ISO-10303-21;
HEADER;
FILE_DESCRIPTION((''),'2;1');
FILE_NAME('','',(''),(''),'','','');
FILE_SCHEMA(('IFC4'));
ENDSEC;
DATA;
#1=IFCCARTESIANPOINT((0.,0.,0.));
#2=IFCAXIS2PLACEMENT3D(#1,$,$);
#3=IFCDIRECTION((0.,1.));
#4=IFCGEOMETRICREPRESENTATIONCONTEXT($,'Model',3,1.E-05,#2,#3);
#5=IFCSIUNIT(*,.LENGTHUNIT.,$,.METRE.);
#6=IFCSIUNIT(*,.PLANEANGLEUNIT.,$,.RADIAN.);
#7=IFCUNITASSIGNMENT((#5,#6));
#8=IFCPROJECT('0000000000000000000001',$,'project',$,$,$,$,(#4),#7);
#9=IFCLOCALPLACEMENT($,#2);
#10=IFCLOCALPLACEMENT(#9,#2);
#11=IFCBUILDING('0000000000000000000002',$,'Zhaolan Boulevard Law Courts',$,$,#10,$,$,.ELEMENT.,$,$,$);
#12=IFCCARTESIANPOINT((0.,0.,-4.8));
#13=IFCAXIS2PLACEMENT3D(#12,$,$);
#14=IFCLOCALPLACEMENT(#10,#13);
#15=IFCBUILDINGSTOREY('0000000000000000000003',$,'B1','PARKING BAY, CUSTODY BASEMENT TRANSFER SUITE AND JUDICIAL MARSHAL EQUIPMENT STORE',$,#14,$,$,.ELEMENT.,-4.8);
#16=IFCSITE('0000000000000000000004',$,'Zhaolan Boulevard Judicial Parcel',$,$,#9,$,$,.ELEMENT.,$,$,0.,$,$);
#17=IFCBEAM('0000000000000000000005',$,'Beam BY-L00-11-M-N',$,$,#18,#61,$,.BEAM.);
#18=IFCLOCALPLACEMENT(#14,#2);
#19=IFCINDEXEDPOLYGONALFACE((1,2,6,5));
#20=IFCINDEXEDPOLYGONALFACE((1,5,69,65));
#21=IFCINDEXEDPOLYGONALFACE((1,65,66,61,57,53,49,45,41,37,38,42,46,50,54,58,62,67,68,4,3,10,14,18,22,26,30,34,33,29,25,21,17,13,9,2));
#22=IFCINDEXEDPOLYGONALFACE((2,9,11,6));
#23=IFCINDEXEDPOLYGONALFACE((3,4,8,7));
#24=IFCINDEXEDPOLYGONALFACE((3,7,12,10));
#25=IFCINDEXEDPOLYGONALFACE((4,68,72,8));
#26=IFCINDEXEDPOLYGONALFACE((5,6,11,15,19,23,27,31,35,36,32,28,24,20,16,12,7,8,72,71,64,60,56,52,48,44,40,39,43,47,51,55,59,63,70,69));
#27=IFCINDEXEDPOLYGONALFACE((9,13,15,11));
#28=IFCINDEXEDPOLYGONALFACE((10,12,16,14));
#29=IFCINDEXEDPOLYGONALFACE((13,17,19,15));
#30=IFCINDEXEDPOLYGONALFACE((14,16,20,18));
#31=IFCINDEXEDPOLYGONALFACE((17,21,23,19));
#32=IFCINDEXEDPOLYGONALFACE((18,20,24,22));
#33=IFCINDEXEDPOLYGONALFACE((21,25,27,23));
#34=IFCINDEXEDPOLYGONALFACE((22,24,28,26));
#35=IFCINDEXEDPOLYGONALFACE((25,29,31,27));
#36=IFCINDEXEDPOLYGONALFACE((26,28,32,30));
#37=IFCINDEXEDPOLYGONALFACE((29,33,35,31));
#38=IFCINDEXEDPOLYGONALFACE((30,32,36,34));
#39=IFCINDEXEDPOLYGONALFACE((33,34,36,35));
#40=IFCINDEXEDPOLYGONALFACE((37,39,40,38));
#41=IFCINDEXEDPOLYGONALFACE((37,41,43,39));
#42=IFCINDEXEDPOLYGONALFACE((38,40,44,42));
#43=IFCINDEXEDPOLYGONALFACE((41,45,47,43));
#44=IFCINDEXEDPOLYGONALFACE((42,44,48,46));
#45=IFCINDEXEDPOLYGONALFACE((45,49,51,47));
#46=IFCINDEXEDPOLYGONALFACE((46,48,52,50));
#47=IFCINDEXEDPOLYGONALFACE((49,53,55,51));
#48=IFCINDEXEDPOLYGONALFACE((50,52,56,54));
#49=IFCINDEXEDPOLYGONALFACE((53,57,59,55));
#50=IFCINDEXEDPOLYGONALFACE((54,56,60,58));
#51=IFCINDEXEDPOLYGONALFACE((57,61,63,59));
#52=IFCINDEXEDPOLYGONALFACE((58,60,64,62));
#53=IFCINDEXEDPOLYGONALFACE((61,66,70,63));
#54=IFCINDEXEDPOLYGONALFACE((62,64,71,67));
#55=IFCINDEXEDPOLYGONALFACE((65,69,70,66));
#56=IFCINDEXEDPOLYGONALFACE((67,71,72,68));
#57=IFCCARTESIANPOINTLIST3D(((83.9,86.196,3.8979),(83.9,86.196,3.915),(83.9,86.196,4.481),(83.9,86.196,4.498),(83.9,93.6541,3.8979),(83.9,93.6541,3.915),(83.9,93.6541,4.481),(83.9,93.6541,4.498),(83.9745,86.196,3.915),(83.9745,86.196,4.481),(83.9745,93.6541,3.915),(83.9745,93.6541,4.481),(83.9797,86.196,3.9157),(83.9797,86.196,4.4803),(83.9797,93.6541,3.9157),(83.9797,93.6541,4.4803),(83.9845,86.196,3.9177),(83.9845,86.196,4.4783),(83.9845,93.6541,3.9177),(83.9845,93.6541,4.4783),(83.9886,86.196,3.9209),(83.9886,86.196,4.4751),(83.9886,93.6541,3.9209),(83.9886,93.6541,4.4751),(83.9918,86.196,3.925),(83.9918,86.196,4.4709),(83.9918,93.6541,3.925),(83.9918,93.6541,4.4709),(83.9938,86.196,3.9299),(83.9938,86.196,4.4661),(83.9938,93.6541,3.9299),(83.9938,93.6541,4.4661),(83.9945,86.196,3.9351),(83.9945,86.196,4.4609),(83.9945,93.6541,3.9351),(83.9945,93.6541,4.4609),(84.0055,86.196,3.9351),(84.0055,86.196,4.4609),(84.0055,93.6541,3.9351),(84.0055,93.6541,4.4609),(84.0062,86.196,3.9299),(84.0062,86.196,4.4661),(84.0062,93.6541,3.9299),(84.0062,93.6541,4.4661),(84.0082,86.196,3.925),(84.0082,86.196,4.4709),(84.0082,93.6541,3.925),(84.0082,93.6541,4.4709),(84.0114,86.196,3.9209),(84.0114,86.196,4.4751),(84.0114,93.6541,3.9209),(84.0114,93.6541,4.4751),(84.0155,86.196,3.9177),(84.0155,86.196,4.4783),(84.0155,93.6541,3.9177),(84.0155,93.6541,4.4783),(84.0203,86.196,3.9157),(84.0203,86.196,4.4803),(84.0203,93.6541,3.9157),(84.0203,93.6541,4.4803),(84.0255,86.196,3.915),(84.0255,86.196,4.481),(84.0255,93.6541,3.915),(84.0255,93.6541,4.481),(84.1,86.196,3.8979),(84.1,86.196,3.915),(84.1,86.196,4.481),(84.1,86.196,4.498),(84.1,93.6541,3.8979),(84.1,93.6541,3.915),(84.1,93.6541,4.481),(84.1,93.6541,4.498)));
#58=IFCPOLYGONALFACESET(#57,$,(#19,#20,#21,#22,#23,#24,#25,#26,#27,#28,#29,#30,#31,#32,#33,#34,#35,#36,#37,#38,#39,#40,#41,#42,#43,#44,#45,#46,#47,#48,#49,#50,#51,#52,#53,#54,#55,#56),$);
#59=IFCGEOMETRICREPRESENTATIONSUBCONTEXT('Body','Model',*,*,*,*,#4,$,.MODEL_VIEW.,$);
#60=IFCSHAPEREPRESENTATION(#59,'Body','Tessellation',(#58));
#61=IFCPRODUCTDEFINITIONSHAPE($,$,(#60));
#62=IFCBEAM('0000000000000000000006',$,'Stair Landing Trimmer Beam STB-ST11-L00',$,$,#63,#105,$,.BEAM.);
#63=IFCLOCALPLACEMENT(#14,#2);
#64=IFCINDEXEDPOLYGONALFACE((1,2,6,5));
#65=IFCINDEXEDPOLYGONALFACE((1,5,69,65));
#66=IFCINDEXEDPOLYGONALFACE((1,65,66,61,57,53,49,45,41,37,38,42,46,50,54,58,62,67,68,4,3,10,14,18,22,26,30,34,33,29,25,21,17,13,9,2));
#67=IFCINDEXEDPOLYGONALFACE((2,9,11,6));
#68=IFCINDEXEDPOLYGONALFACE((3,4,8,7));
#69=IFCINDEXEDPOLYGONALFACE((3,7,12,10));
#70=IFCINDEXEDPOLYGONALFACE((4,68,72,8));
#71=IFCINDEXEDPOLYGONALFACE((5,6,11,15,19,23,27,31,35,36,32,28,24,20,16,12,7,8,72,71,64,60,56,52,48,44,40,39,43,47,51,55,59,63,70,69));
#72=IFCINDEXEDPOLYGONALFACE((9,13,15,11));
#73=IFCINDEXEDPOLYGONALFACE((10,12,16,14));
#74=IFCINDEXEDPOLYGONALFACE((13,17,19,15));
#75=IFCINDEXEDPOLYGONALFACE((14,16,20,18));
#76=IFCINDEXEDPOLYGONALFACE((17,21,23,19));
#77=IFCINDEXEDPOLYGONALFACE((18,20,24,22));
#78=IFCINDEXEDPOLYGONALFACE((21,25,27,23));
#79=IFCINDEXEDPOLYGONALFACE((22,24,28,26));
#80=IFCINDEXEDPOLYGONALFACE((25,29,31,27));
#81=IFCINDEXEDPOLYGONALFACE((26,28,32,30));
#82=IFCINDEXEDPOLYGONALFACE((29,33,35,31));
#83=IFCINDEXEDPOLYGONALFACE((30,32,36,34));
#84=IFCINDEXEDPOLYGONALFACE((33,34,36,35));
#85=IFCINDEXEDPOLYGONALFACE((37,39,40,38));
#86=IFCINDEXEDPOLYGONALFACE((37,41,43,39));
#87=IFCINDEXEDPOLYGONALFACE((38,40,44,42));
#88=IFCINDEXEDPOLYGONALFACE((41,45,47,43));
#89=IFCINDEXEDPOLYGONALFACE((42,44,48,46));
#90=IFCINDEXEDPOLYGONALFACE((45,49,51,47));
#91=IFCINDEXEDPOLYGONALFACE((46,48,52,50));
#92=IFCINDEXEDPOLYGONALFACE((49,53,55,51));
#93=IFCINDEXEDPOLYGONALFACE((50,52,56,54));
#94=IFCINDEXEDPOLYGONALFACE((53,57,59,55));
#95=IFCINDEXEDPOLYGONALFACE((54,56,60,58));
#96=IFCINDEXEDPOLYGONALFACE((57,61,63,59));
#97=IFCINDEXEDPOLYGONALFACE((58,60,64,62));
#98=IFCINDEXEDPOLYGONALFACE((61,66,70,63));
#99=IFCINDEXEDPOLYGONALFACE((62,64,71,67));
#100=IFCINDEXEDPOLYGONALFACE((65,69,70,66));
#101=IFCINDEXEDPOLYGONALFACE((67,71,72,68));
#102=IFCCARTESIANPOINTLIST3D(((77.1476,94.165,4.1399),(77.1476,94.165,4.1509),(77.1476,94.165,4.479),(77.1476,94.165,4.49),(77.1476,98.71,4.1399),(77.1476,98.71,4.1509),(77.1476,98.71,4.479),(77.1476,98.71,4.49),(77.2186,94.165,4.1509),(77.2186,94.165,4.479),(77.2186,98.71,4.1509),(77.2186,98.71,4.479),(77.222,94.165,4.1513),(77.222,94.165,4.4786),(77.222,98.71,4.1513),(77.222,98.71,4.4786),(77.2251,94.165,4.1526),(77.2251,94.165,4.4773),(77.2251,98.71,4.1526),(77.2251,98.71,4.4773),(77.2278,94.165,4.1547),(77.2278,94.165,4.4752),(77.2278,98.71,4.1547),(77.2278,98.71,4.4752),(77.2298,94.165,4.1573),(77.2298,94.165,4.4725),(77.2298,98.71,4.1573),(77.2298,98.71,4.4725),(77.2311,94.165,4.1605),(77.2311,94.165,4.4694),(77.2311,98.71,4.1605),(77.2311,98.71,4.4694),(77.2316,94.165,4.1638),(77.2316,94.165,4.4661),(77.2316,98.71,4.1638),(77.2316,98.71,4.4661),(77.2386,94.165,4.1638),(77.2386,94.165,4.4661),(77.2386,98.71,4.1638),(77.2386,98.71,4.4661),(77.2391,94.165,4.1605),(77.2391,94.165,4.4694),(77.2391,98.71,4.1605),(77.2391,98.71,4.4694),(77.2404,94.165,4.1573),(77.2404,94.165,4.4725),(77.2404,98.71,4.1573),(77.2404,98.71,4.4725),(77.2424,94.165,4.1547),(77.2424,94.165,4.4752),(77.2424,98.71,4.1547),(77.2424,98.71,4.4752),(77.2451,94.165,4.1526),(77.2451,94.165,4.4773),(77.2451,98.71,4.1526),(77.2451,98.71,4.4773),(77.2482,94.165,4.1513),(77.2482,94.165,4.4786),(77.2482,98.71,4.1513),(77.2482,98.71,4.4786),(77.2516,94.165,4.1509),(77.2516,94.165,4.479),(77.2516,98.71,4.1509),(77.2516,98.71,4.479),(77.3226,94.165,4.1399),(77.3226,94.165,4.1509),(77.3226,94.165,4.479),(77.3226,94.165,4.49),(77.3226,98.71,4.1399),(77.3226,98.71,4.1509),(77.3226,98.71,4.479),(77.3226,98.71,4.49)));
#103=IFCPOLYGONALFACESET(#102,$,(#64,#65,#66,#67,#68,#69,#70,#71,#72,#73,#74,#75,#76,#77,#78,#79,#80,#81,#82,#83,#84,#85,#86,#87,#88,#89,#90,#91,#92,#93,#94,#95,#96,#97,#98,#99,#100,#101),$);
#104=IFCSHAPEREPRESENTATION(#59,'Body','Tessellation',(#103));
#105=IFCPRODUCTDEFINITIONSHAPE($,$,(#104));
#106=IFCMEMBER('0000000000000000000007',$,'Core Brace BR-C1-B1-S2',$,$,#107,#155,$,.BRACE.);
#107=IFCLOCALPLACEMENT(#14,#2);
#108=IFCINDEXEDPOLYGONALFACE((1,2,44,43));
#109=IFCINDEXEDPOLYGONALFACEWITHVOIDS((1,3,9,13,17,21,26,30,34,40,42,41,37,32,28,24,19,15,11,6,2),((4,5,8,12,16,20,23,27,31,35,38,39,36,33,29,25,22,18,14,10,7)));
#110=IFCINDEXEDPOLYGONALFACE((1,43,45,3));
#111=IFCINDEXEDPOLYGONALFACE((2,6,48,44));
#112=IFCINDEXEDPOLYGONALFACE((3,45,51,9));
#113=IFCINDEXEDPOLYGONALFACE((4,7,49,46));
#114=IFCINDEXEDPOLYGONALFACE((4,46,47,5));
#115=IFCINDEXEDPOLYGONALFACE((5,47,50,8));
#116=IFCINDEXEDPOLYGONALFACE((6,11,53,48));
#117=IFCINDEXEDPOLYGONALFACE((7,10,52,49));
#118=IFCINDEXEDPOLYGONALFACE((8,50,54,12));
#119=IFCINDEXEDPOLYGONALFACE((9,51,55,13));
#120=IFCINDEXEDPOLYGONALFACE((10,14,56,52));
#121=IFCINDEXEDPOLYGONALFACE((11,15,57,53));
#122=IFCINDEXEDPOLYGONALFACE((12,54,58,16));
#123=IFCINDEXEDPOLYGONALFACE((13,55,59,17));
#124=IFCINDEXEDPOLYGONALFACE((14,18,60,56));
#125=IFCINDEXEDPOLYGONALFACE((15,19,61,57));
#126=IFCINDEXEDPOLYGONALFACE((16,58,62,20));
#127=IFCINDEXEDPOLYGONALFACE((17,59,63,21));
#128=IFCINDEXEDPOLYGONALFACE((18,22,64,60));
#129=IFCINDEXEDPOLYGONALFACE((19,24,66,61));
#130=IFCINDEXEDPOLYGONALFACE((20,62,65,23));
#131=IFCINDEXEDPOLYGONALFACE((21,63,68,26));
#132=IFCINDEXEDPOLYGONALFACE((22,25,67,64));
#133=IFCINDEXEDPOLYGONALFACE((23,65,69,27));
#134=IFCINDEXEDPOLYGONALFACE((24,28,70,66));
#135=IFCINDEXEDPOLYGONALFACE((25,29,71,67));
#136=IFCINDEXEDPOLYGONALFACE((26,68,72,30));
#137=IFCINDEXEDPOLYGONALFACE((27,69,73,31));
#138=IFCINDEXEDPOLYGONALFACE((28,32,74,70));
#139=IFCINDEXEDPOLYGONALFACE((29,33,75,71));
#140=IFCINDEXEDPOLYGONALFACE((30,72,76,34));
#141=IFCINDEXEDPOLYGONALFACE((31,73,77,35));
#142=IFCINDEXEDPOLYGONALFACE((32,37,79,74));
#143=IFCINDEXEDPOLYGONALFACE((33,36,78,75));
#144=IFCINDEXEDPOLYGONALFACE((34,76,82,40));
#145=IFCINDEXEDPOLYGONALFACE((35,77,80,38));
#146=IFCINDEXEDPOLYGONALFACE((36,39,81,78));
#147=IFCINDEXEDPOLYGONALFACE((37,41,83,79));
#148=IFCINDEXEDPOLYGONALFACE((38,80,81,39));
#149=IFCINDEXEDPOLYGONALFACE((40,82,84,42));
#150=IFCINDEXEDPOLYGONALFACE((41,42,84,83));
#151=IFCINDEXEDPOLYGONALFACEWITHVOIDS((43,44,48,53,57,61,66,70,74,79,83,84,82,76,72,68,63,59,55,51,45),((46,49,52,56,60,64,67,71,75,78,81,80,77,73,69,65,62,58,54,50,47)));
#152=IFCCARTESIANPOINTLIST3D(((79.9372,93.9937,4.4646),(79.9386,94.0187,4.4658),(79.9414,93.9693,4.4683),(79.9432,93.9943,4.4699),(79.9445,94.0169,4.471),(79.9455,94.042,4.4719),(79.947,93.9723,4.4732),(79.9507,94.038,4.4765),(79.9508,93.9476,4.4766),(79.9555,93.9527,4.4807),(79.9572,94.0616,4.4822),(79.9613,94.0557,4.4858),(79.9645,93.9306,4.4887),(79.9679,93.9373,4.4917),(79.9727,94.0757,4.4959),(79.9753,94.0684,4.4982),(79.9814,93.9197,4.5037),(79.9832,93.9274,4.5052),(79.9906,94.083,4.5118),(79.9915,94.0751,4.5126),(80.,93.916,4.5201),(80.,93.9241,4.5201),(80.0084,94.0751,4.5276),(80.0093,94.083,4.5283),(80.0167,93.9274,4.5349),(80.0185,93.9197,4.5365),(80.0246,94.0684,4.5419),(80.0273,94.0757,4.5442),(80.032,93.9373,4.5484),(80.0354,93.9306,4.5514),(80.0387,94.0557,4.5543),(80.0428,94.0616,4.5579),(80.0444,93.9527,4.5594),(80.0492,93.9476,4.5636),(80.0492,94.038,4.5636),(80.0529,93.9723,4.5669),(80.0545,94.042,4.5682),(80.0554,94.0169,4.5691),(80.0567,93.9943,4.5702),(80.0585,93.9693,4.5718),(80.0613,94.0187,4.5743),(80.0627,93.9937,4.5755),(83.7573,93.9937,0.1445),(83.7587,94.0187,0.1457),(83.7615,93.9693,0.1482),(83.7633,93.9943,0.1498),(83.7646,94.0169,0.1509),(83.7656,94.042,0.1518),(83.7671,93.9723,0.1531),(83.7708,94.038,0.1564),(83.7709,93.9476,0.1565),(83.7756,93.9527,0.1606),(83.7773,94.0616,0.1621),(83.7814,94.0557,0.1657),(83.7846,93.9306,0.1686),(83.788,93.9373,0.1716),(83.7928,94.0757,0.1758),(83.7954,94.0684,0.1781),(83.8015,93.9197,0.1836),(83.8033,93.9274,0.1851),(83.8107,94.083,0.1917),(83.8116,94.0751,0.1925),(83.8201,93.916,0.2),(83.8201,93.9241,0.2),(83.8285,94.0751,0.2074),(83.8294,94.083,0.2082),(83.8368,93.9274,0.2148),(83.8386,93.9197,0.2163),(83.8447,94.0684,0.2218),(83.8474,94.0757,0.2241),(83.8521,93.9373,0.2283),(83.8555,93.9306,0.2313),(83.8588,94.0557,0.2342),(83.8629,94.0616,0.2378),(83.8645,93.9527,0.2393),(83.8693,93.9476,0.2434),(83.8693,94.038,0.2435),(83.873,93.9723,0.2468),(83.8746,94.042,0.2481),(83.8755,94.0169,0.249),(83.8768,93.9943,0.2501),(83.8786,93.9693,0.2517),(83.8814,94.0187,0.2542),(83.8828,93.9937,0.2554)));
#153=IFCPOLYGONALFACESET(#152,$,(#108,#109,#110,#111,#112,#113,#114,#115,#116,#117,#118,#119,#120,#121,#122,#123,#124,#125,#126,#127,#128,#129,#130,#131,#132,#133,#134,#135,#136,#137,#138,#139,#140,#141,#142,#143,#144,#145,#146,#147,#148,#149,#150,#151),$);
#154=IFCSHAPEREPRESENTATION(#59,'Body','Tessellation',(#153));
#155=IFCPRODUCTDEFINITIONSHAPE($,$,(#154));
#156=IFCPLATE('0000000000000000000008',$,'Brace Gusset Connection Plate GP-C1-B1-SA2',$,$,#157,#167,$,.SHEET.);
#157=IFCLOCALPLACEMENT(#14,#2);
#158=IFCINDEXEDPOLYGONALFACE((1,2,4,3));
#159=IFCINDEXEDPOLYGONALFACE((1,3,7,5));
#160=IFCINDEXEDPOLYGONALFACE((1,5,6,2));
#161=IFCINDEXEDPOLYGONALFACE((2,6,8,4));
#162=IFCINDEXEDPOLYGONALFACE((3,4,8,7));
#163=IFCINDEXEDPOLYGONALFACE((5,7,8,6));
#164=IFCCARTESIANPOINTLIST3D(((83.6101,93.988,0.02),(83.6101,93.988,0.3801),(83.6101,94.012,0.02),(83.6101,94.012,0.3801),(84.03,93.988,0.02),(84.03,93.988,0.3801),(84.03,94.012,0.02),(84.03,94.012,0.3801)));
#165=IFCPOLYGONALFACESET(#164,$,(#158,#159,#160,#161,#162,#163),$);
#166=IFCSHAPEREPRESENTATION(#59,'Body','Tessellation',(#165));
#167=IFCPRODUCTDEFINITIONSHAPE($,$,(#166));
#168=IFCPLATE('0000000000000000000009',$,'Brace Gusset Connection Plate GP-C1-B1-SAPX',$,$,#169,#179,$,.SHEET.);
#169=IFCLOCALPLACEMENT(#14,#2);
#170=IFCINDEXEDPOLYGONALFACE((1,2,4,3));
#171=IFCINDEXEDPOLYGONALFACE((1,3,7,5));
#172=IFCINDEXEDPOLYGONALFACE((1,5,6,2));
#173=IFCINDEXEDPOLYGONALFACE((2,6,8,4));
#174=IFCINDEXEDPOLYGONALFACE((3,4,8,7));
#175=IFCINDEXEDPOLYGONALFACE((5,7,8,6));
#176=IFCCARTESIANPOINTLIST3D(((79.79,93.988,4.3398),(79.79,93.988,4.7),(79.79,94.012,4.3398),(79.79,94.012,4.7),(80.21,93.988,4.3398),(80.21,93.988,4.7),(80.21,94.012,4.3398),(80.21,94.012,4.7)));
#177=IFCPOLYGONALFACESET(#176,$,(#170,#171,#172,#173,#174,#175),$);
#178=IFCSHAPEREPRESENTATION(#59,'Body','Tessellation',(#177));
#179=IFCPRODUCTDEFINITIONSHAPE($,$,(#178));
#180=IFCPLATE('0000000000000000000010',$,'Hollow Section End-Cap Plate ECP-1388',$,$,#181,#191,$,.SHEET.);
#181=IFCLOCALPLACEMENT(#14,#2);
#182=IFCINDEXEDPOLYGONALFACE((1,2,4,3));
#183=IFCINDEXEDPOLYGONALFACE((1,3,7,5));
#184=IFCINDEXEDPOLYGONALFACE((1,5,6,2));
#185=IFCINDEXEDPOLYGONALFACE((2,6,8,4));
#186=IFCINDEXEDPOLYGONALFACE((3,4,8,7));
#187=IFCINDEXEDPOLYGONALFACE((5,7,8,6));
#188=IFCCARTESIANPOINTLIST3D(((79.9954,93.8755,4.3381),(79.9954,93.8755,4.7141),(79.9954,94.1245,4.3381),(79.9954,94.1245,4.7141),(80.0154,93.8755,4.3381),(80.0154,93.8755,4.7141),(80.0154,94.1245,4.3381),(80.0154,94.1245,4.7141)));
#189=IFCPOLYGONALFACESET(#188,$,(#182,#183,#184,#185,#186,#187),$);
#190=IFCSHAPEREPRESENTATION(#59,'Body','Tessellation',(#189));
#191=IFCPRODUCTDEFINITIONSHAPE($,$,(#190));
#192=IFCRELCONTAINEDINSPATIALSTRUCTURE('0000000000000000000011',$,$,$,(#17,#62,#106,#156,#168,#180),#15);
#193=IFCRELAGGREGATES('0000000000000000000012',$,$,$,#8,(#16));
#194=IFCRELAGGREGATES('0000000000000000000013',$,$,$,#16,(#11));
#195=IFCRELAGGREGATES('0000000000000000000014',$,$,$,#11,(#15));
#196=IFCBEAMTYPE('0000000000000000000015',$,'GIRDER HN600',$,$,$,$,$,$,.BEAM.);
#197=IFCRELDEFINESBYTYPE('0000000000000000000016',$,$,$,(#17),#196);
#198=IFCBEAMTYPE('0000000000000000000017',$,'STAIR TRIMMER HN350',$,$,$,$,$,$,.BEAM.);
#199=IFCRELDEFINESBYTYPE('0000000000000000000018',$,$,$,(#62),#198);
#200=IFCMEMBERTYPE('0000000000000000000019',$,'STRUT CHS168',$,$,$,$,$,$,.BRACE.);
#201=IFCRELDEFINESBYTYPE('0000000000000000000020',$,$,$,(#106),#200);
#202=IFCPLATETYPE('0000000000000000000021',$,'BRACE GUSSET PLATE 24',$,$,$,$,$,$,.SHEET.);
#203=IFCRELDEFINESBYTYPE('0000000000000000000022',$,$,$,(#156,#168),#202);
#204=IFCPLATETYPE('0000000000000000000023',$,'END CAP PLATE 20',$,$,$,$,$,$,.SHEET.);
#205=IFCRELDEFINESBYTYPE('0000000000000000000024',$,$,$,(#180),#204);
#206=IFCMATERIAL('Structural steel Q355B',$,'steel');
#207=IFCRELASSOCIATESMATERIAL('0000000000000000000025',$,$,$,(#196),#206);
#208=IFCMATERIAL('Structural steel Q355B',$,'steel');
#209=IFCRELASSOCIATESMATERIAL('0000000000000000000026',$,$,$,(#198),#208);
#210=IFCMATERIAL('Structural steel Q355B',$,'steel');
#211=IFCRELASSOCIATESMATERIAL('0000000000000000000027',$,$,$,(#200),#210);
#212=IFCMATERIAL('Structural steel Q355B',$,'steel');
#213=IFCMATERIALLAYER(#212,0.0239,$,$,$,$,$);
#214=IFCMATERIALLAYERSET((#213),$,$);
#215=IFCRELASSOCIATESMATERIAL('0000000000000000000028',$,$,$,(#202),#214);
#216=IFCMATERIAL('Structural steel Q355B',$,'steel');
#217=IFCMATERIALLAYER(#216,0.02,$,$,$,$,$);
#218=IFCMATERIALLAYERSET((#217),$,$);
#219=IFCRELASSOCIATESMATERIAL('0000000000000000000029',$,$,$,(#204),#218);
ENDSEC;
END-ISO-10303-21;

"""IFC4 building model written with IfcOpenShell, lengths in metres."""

from ifc_helpers import new_model, si_unit, direction, frame, origin, origin_2d, place, context, subcontext, project, spatial, rectangle, hollow_circle, i_section, extrude, material, layer, layer_set, material_profile, profile_set, type_object, element, save


model = new_model("IFC4")

# Units and contexts
model_context = context("Model", 3, precision=1e-05, world=origin(), true_north=direction((0.0, 1.0)))
body_context = subcontext(model_context, "Body", "Model", "MODEL_VIEW")
ifc_project = project(units=[si_unit("LENGTHUNIT", "METRE"), si_unit("PLANEANGLEUNIT", "RADIAN")], contexts=[model_context])

# Site, building, storey
site_placement = place(None, origin())
site = spatial("IfcSite", under=ifc_project, at=site_placement, Name="Zhaolan Boulevard Judicial Parcel", CompositionType="ELEMENT", RefElevation=0.0)
building_placement = place(site_placement, origin())
building = spatial("IfcBuilding", under=site, at=building_placement, Name="Zhaolan Boulevard Law Courts", CompositionType="ELEMENT")
storey_placement = place(building_placement, frame((0.0, 0.0, -4.8)))
storey = spatial("IfcBuildingStorey", under=building, at=storey_placement, Name="B1", Description="PARKING BAY, CUSTODY BASEMENT TRANSFER SUITE AND JUDICIAL MARSHAL EQUIPMENT STORE", CompositionType="ELEMENT", Elevation=-4.8)

# Beams
ifc_material_1 = material(Name="Structural steel Q355B", Category="steel")
ifc_material_profile_1 = material_profile(ifc_material_1, i_section(OverallWidth=0.2, OverallDepth=0.6001, WebThickness=0.011, FlangeThickness=0.0171, FilletRadius=0.02, at=origin_2d()), Name="HN600x200")
ifc_profile_set_1 = profile_set([ifc_material_profile_1], Name="Structural steel Q355B")
beam_type_1 = type_object("IfcBeamType", Name="GIRDER HN600", PredefinedType="BEAM", material=ifc_profile_set_1)
beam_1_placement = place(storey_placement, frame((84.0, 86.196, 4.198), z_axis=(0.0, 1.0, 0.0), x_axis=(-1.0, 0.0, 0.0)))
element("IfcBeam", 1, at=beam_1_placement, inside=storey, type_object=beam_type_1, Name="Beam BY-L00-11-M-N", PredefinedType="BEAM", context=body_context, shape_type="SweptSolid", body=[
    extrude(i_section(OverallWidth=0.2, OverallDepth=0.6001, WebThickness=0.011, FlangeThickness=0.0171, FilletRadius=0.02, at=origin_2d()), origin(), (0.0, 0.0, 1.0), 7.458),
])
ifc_material_2 = material(Name="Structural steel Q355B", Category="steel")
ifc_material_profile_2 = material_profile(ifc_material_2, i_section(OverallWidth=0.175, OverallDepth=0.3501, WebThickness=0.0071, FlangeThickness=0.011, FilletRadius=0.0129, at=origin_2d()), Name="HN350x175")
ifc_profile_set_2 = profile_set([ifc_material_profile_2], Name="Structural steel Q355B")
beam_type_2 = type_object("IfcBeamType", Name="STAIR TRIMMER HN350", PredefinedType="BEAM", material=ifc_profile_set_2)
beam_2_placement = place(storey_placement, frame((77.2351, 94.165, 4.3149), z_axis=(0.0, 1.0, 0.0), x_axis=(-1.0, 0.0, 0.0)))
element("IfcBeam", 2, at=beam_2_placement, inside=storey, type_object=beam_type_2, Name="Stair Landing Trimmer Beam STB-ST11-L00", PredefinedType="BEAM", context=body_context, shape_type="SweptSolid", body=[
    extrude(i_section(OverallWidth=0.175, OverallDepth=0.3501, WebThickness=0.0071, FlangeThickness=0.011, FilletRadius=0.0129, at=origin_2d()), origin(), (0.0, 0.0, 1.0), 4.5449),
])

# Member
ifc_material_3 = material(Name="Structural steel Q355B", Category="steel")
ifc_material_profile_3 = material_profile(ifc_material_3, hollow_circle(Radius=0.084, WallThickness=0.0081, at=origin_2d()), Name="CHS168x8")
ifc_profile_set_3 = profile_set([ifc_material_profile_3], Name="Structural steel Q355B")
member_type = type_object("IfcMemberType", Name="STRUT CHS168", PredefinedType="BRACE", material=ifc_profile_set_3)
member_placement = place(storey_placement, frame((83.8201, 94.0, 0.2), z_axis=(-0.662425, 0.0, 0.749128), x_axis=(0.0, -1.0, 0.0)))
element("IfcMember", 3, at=member_placement, inside=storey, type_object=member_type, Name="Core Brace BR-C1-B1-S2", PredefinedType="BRACE", context=body_context, shape_type="SweptSolid", body=[
    extrude(hollow_circle(Radius=0.084, WallThickness=0.0081, at=origin_2d()), origin(), (0.0, 0.0, 1.0), 5.7668),
])

# Plates
ifc_material_4 = material(Name="Structural steel Q355B", Category="steel")
ifc_layer_1 = layer(ifc_material_4, 0.0239)
ifc_layer_set_1 = layer_set([ifc_layer_1])
plate_type_1 = type_object("IfcPlateType", Name="BRACE GUSSET PLATE 24", PredefinedType="SHEET", material=ifc_layer_set_1)
for number, where, z_axis, x_axis, name in (
    (4, (83.8201, 94.0, 0.02), (0.0, 0.0, 1.0), (1.0, 0.0, 0.0), "Brace Gusset Connection Plate GP-C1-B1-SA2"),
    (5, (80.0, 94.0, 4.3398), (0.0, 0.0, 1.0), (1.0, 0.0, 0.0), "Brace Gusset Connection Plate GP-C1-B1-SAPX"),
):
    element("IfcPlate", number, at=place(storey_placement, frame(where, z_axis=z_axis, x_axis=x_axis)), inside=storey, type_object=plate_type_1, Name=name, PredefinedType="SHEET", context=body_context, shape_type="SweptSolid", body=[
        extrude(rectangle(XDim=0.4199, YDim=0.0239, at=origin_2d()), origin(), (0.0, 0.0, 1.0), 0.3601),
    ])
ifc_material_5 = material(Name="Structural steel Q355B", Category="steel")
ifc_layer_2 = layer(ifc_material_5, 0.02)
ifc_layer_set_2 = layer_set([ifc_layer_2])
plate_type_2 = type_object("IfcPlateType", Name="END CAP PLATE 20", PredefinedType="SHEET", material=ifc_layer_set_2)
plate_placement = place(storey_placement, frame((80.0054, 94.0, 4.3381), z_axis=(0.0, 0.0, 1.0), x_axis=(1.0, 0.0, 0.0)))
element("IfcPlate", 6, at=plate_placement, inside=storey, type_object=plate_type_2, Name="Hollow Section End-Cap Plate ECP-1388", PredefinedType="SHEET", context=body_context, shape_type="SweptSolid", body=[
    extrude(rectangle(XDim=0.02, YDim=0.249, at=origin_2d()), origin(), (0.0, 0.0, 1.0), 0.376),
])

save(model, "model.ifc")
